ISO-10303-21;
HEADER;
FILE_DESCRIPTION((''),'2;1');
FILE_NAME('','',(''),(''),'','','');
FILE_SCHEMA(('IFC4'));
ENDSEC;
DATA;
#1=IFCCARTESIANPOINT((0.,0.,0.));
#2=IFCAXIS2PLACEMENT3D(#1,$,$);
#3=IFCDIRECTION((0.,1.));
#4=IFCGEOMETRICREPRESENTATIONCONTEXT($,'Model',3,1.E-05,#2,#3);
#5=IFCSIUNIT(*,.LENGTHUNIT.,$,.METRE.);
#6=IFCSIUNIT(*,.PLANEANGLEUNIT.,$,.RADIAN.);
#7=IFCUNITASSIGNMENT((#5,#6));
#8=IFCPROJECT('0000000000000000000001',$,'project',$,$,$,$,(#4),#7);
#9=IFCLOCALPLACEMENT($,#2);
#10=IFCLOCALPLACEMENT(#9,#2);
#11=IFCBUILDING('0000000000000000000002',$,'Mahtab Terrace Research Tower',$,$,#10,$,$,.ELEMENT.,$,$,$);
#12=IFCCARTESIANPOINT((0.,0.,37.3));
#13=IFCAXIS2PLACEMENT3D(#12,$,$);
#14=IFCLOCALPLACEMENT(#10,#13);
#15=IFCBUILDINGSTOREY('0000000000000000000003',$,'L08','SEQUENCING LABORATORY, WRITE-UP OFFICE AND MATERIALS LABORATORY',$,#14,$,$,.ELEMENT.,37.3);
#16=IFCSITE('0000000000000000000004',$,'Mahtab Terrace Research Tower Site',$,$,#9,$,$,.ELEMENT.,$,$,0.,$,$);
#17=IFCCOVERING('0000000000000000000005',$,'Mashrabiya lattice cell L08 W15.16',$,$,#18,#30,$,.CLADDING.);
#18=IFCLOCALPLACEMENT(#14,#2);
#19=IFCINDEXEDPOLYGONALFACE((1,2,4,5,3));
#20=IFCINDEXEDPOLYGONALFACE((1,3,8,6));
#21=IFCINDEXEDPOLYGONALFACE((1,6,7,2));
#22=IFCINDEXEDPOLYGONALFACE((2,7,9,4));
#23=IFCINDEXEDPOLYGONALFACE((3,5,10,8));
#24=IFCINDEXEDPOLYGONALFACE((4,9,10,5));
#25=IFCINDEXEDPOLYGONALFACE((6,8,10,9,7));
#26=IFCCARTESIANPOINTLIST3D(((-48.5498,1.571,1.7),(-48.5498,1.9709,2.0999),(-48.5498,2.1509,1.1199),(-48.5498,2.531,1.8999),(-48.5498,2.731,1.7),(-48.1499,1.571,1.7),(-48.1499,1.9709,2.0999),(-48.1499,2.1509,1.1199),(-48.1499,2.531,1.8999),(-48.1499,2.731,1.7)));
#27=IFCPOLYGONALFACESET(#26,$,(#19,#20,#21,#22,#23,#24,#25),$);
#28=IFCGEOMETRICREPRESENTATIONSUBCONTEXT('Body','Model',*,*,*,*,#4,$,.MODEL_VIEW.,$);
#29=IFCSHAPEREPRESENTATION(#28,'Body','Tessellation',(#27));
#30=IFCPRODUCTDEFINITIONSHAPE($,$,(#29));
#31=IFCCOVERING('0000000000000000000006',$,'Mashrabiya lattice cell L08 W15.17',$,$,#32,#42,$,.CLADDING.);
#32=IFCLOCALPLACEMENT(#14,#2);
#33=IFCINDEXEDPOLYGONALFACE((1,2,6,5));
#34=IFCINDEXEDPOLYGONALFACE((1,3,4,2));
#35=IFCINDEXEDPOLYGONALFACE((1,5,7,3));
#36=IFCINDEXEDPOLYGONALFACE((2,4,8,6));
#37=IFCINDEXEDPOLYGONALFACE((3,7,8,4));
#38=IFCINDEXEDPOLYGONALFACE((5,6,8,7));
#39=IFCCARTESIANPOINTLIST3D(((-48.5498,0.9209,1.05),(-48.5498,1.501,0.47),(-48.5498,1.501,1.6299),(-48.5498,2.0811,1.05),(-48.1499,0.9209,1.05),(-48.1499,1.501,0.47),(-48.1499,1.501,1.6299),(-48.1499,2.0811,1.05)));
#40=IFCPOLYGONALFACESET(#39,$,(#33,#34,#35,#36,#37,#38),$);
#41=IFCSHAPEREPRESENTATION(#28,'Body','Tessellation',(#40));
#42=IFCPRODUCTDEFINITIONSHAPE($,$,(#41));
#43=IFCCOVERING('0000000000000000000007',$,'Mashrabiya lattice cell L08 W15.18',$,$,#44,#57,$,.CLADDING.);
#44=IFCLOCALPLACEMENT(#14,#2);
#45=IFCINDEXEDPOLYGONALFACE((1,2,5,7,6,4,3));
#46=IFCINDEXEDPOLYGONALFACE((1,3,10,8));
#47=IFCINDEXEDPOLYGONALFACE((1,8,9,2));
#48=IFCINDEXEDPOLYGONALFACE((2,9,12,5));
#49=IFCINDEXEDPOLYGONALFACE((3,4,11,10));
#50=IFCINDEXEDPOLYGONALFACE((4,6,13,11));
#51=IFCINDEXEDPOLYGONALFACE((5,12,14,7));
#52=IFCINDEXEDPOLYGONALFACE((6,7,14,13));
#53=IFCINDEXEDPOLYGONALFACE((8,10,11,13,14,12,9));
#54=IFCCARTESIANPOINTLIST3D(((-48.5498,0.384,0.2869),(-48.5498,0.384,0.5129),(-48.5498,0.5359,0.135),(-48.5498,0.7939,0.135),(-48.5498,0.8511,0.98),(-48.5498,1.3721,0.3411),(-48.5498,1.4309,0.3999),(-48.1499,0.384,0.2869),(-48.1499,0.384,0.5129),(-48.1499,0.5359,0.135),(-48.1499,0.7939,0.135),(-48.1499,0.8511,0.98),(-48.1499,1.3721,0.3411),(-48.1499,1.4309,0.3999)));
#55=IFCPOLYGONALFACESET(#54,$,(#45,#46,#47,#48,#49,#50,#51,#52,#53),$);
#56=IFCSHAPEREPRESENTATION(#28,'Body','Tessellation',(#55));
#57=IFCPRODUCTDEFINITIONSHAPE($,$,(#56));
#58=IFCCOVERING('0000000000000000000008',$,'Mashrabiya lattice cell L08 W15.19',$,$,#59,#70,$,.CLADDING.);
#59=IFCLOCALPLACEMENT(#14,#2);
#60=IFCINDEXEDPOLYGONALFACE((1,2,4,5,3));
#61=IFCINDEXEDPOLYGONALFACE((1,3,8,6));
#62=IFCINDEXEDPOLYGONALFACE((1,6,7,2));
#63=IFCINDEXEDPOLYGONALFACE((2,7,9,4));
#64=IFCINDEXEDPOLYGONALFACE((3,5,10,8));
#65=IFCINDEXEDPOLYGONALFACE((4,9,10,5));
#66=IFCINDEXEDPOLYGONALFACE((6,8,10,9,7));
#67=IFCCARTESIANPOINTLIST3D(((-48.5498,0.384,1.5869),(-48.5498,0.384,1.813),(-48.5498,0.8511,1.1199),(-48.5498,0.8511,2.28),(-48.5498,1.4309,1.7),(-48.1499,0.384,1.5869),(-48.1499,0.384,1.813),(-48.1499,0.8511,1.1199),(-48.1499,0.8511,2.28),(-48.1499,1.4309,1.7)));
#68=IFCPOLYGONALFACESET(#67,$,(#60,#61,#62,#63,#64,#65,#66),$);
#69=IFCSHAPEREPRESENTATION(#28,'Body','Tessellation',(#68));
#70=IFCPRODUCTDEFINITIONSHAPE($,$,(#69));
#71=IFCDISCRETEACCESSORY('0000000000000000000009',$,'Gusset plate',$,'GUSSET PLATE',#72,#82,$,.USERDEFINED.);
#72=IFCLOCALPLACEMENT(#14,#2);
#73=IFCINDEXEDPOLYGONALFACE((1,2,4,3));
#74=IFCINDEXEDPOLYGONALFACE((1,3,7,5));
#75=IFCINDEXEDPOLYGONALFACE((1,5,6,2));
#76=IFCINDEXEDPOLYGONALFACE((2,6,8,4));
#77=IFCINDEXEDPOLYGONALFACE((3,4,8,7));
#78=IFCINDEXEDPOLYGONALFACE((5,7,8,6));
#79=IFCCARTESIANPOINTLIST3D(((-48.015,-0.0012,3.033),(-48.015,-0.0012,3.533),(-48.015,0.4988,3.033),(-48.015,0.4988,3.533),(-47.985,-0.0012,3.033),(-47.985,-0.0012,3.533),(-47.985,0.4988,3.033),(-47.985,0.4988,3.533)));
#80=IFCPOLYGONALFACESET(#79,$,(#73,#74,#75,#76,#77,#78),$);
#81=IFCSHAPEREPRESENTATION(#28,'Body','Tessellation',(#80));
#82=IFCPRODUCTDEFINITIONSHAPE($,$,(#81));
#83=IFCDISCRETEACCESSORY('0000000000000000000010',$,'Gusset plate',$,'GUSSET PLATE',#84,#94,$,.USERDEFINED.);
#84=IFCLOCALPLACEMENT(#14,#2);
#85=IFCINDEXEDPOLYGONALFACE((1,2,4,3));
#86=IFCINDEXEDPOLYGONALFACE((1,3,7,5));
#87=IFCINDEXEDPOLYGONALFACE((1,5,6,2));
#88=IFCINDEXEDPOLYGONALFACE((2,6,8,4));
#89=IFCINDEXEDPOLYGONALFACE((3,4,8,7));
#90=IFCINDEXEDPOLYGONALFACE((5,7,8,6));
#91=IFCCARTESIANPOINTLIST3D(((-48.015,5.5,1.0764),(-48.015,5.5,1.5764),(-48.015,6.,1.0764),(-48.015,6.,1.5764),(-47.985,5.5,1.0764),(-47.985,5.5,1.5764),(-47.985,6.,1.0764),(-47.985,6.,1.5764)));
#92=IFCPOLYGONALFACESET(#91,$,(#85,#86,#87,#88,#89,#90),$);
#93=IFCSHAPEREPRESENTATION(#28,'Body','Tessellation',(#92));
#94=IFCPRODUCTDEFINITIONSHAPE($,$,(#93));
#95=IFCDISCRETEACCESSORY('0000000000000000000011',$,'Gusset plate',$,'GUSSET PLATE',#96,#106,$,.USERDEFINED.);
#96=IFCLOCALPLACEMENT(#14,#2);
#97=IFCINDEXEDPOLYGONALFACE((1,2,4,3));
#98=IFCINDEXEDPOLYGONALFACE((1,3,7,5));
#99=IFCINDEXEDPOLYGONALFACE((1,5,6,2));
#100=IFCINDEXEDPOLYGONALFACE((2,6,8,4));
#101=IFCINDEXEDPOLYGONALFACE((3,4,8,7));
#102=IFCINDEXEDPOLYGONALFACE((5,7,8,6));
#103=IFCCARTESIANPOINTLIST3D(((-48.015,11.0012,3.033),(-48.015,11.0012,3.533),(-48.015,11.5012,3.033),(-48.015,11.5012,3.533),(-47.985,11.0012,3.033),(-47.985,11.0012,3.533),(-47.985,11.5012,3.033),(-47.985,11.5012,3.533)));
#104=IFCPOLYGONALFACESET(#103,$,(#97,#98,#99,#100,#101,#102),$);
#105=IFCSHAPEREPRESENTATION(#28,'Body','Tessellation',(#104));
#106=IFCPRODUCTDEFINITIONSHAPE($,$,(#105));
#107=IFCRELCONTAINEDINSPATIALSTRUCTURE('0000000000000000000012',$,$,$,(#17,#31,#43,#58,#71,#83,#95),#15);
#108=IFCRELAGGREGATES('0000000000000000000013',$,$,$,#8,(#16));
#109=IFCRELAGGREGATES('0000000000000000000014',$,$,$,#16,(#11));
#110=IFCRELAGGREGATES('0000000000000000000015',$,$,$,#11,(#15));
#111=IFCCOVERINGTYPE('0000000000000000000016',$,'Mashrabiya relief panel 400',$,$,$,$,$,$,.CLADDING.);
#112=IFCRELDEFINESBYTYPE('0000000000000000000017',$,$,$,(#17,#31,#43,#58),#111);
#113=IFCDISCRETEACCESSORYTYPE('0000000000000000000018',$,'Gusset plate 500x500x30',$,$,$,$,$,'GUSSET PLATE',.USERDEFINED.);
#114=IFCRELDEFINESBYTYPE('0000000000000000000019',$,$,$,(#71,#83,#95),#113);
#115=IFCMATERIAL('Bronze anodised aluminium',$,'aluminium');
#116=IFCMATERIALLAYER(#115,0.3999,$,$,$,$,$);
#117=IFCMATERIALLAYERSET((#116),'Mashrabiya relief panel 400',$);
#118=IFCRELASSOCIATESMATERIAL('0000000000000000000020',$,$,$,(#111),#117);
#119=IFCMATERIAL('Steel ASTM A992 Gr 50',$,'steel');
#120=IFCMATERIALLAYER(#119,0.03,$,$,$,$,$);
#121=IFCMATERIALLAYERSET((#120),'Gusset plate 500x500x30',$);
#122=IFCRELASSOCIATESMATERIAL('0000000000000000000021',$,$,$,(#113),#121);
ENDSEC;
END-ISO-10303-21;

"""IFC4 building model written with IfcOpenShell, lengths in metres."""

from ifc_helpers import new_model, si_unit, direction, frame, origin, origin_2d, place, context, subcontext, project, spatial, polyline, rectangle, outline, extrude, material, layer, layer_set, type_object, element, save


model = new_model("IFC4")

# Units and contexts
model_context = context("Model", 3, precision=1e-05, world=origin(), true_north=direction((0.0, 1.0)))
body_context = subcontext(model_context, "Body", "Model", "MODEL_VIEW")
ifc_project = project(units=[si_unit("LENGTHUNIT", "METRE"), si_unit("PLANEANGLEUNIT", "RADIAN")], contexts=[model_context])

# Site, building, storey
site_placement = place(None, origin())
site = spatial("IfcSite", under=ifc_project, at=site_placement, Name="Mahtab Terrace Research Tower Site", CompositionType="ELEMENT", RefElevation=0.0)
building_placement = place(site_placement, origin())
building = spatial("IfcBuilding", under=site, at=building_placement, Name="Mahtab Terrace Research Tower", CompositionType="ELEMENT")
storey_placement = place(building_placement, frame((0.0, 0.0, 37.3)))
storey = spatial("IfcBuildingStorey", under=building, at=storey_placement, Name="L08", Description="SEQUENCING LABORATORY, WRITE-UP OFFICE AND MATERIALS LABORATORY", CompositionType="ELEMENT", Elevation=37.3)

# Shared definitions
ifc_material_1 = material(Name="Steel ASTM A992 Gr 50", Category="steel")

# Coverings
ifc_material_2 = material(Name="Bronze anodised aluminium", Category="aluminium")
ifc_layer_1 = layer(ifc_material_2, 0.3999)
ifc_layer_set_1 = layer_set([ifc_layer_1], Name="Mashrabiya relief panel 400")
covering_type = type_object("IfcCoveringType", Name="Mashrabiya relief panel 400", PredefinedType="CLADDING", material=ifc_layer_set_1)
covering_1_placement = place(storey_placement, frame((-48.1499, 1.571, 1.7), z_axis=(1.0, 0.0, 0.0), x_axis=(0.0, 0.706958, -0.707256)))
element("IfcCovering", 1, at=covering_1_placement, inside=storey, type_object=covering_type, Name="Mashrabiya lattice cell L08 W15.16", PredefinedType="CLADDING", context=body_context, shape_type="SweptSolid", body=[
    extrude(outline(polyline([(0.0, 0.0), (0.8202, 0.0), (0.82, 0.8204), (0.5372, 0.8203), (-0.0001, 0.5655), (0.0, 0.0)])), origin(), (0.0, 0.0, -1.0), 0.3999),
])
covering_2_placement = place(storey_placement, frame((-48.1499, 1.501, 1.6299), z_axis=(1.0, 0.0, 0.0), x_axis=(0.0, -0.707256, -0.706958)))
element("IfcCovering", 2, at=covering_2_placement, inside=storey, type_object=covering_type, Name="Mashrabiya lattice cell L08 W15.17", PredefinedType="CLADDING", context=body_context, shape_type="SweptSolid", body=[
    extrude(outline(polyline([(0.0, 0.0), (0.8202, 0.0), (0.82, 0.8204), (-0.0003, 0.8202), (0.0, 0.0)])), origin(), (0.0, 0.0, -1.0), 0.3999),
])
covering_3_placement = place(storey_placement, frame((-48.1499, 1.4309, 0.3999), z_axis=(1.0, 0.0, 0.0), x_axis=(0.0, -0.706958, 0.707256)))
element("IfcCovering", 3, at=covering_3_placement, inside=storey, type_object=covering_type, Name="Mashrabiya lattice cell L08 W15.18", PredefinedType="CLADDING", context=body_context, shape_type="SweptSolid", body=[
    extrude(outline(polyline([(0.0, 0.0), (0.8202, 0.0), (0.82, 0.6605), (0.6602, 0.8203), (0.4454, 0.8203), (0.263, 0.6378), (0.0, 0.0832), (0.0, 0.0)])), origin(), (0.0, 0.0, -1.0), 0.3999),
])
covering_4_placement = place(storey_placement, frame((-48.1499, 0.8511, 1.1199), z_axis=(1.0, 0.0, 0.0), x_axis=(0.0, 0.706958, 0.707256)))
element("IfcCovering", 4, at=covering_4_placement, inside=storey, type_object=covering_type, Name="Mashrabiya lattice cell L08 W15.19", PredefinedType="CLADDING", context=body_context, shape_type="SweptSolid", body=[
    extrude(outline(polyline([(0.0, 0.0), (0.8202, 0.0), (0.8205, 0.8202), (0.16, 0.8203), (0.0001, 0.6605), (0.0, 0.0)])), origin(), (0.0, 0.0, -1.0), 0.3999),
])

# Discrete accessories
ifc_layer_2 = layer(ifc_material_1, 0.03)
ifc_layer_set_2 = layer_set([ifc_layer_2], Name="Gusset plate 500x500x30")
discrete_accessory_type = type_object("IfcDiscreteAccessoryType", Name="Gusset plate 500x500x30", ElementType="GUSSET PLATE", PredefinedType="USERDEFINED", material=ifc_layer_set_2)
for number, where, z_axis, x_axis, name in (
    (5, (-48.0, 0.2488, 3.033), (0.0, 0.0, 1.0), (0.0, 1.0, 0.0), "Gusset plate"),
    (6, (-48.0, 5.75, 1.0764), (0.0, 0.0, 1.0), (0.0, 1.0, 0.0), "Gusset plate"),
    (7, (-48.0, 11.2512, 3.033), (0.0, 0.0, 1.0), (0.0, 1.0, 0.0), "Gusset plate"),
):
    element("IfcDiscreteAccessory", number, at=place(storey_placement, frame(where, z_axis=z_axis, x_axis=x_axis)), inside=storey, type_object=discrete_accessory_type, Name=name, ObjectType="GUSSET PLATE", PredefinedType="USERDEFINED", context=body_context, shape_type="SweptSolid", body=[
        extrude(rectangle(XDim=0.5, YDim=0.03, at=origin_2d()), origin(), (0.0, 0.0, 1.0), 0.5),
    ])

save(model, "model.ifc")
